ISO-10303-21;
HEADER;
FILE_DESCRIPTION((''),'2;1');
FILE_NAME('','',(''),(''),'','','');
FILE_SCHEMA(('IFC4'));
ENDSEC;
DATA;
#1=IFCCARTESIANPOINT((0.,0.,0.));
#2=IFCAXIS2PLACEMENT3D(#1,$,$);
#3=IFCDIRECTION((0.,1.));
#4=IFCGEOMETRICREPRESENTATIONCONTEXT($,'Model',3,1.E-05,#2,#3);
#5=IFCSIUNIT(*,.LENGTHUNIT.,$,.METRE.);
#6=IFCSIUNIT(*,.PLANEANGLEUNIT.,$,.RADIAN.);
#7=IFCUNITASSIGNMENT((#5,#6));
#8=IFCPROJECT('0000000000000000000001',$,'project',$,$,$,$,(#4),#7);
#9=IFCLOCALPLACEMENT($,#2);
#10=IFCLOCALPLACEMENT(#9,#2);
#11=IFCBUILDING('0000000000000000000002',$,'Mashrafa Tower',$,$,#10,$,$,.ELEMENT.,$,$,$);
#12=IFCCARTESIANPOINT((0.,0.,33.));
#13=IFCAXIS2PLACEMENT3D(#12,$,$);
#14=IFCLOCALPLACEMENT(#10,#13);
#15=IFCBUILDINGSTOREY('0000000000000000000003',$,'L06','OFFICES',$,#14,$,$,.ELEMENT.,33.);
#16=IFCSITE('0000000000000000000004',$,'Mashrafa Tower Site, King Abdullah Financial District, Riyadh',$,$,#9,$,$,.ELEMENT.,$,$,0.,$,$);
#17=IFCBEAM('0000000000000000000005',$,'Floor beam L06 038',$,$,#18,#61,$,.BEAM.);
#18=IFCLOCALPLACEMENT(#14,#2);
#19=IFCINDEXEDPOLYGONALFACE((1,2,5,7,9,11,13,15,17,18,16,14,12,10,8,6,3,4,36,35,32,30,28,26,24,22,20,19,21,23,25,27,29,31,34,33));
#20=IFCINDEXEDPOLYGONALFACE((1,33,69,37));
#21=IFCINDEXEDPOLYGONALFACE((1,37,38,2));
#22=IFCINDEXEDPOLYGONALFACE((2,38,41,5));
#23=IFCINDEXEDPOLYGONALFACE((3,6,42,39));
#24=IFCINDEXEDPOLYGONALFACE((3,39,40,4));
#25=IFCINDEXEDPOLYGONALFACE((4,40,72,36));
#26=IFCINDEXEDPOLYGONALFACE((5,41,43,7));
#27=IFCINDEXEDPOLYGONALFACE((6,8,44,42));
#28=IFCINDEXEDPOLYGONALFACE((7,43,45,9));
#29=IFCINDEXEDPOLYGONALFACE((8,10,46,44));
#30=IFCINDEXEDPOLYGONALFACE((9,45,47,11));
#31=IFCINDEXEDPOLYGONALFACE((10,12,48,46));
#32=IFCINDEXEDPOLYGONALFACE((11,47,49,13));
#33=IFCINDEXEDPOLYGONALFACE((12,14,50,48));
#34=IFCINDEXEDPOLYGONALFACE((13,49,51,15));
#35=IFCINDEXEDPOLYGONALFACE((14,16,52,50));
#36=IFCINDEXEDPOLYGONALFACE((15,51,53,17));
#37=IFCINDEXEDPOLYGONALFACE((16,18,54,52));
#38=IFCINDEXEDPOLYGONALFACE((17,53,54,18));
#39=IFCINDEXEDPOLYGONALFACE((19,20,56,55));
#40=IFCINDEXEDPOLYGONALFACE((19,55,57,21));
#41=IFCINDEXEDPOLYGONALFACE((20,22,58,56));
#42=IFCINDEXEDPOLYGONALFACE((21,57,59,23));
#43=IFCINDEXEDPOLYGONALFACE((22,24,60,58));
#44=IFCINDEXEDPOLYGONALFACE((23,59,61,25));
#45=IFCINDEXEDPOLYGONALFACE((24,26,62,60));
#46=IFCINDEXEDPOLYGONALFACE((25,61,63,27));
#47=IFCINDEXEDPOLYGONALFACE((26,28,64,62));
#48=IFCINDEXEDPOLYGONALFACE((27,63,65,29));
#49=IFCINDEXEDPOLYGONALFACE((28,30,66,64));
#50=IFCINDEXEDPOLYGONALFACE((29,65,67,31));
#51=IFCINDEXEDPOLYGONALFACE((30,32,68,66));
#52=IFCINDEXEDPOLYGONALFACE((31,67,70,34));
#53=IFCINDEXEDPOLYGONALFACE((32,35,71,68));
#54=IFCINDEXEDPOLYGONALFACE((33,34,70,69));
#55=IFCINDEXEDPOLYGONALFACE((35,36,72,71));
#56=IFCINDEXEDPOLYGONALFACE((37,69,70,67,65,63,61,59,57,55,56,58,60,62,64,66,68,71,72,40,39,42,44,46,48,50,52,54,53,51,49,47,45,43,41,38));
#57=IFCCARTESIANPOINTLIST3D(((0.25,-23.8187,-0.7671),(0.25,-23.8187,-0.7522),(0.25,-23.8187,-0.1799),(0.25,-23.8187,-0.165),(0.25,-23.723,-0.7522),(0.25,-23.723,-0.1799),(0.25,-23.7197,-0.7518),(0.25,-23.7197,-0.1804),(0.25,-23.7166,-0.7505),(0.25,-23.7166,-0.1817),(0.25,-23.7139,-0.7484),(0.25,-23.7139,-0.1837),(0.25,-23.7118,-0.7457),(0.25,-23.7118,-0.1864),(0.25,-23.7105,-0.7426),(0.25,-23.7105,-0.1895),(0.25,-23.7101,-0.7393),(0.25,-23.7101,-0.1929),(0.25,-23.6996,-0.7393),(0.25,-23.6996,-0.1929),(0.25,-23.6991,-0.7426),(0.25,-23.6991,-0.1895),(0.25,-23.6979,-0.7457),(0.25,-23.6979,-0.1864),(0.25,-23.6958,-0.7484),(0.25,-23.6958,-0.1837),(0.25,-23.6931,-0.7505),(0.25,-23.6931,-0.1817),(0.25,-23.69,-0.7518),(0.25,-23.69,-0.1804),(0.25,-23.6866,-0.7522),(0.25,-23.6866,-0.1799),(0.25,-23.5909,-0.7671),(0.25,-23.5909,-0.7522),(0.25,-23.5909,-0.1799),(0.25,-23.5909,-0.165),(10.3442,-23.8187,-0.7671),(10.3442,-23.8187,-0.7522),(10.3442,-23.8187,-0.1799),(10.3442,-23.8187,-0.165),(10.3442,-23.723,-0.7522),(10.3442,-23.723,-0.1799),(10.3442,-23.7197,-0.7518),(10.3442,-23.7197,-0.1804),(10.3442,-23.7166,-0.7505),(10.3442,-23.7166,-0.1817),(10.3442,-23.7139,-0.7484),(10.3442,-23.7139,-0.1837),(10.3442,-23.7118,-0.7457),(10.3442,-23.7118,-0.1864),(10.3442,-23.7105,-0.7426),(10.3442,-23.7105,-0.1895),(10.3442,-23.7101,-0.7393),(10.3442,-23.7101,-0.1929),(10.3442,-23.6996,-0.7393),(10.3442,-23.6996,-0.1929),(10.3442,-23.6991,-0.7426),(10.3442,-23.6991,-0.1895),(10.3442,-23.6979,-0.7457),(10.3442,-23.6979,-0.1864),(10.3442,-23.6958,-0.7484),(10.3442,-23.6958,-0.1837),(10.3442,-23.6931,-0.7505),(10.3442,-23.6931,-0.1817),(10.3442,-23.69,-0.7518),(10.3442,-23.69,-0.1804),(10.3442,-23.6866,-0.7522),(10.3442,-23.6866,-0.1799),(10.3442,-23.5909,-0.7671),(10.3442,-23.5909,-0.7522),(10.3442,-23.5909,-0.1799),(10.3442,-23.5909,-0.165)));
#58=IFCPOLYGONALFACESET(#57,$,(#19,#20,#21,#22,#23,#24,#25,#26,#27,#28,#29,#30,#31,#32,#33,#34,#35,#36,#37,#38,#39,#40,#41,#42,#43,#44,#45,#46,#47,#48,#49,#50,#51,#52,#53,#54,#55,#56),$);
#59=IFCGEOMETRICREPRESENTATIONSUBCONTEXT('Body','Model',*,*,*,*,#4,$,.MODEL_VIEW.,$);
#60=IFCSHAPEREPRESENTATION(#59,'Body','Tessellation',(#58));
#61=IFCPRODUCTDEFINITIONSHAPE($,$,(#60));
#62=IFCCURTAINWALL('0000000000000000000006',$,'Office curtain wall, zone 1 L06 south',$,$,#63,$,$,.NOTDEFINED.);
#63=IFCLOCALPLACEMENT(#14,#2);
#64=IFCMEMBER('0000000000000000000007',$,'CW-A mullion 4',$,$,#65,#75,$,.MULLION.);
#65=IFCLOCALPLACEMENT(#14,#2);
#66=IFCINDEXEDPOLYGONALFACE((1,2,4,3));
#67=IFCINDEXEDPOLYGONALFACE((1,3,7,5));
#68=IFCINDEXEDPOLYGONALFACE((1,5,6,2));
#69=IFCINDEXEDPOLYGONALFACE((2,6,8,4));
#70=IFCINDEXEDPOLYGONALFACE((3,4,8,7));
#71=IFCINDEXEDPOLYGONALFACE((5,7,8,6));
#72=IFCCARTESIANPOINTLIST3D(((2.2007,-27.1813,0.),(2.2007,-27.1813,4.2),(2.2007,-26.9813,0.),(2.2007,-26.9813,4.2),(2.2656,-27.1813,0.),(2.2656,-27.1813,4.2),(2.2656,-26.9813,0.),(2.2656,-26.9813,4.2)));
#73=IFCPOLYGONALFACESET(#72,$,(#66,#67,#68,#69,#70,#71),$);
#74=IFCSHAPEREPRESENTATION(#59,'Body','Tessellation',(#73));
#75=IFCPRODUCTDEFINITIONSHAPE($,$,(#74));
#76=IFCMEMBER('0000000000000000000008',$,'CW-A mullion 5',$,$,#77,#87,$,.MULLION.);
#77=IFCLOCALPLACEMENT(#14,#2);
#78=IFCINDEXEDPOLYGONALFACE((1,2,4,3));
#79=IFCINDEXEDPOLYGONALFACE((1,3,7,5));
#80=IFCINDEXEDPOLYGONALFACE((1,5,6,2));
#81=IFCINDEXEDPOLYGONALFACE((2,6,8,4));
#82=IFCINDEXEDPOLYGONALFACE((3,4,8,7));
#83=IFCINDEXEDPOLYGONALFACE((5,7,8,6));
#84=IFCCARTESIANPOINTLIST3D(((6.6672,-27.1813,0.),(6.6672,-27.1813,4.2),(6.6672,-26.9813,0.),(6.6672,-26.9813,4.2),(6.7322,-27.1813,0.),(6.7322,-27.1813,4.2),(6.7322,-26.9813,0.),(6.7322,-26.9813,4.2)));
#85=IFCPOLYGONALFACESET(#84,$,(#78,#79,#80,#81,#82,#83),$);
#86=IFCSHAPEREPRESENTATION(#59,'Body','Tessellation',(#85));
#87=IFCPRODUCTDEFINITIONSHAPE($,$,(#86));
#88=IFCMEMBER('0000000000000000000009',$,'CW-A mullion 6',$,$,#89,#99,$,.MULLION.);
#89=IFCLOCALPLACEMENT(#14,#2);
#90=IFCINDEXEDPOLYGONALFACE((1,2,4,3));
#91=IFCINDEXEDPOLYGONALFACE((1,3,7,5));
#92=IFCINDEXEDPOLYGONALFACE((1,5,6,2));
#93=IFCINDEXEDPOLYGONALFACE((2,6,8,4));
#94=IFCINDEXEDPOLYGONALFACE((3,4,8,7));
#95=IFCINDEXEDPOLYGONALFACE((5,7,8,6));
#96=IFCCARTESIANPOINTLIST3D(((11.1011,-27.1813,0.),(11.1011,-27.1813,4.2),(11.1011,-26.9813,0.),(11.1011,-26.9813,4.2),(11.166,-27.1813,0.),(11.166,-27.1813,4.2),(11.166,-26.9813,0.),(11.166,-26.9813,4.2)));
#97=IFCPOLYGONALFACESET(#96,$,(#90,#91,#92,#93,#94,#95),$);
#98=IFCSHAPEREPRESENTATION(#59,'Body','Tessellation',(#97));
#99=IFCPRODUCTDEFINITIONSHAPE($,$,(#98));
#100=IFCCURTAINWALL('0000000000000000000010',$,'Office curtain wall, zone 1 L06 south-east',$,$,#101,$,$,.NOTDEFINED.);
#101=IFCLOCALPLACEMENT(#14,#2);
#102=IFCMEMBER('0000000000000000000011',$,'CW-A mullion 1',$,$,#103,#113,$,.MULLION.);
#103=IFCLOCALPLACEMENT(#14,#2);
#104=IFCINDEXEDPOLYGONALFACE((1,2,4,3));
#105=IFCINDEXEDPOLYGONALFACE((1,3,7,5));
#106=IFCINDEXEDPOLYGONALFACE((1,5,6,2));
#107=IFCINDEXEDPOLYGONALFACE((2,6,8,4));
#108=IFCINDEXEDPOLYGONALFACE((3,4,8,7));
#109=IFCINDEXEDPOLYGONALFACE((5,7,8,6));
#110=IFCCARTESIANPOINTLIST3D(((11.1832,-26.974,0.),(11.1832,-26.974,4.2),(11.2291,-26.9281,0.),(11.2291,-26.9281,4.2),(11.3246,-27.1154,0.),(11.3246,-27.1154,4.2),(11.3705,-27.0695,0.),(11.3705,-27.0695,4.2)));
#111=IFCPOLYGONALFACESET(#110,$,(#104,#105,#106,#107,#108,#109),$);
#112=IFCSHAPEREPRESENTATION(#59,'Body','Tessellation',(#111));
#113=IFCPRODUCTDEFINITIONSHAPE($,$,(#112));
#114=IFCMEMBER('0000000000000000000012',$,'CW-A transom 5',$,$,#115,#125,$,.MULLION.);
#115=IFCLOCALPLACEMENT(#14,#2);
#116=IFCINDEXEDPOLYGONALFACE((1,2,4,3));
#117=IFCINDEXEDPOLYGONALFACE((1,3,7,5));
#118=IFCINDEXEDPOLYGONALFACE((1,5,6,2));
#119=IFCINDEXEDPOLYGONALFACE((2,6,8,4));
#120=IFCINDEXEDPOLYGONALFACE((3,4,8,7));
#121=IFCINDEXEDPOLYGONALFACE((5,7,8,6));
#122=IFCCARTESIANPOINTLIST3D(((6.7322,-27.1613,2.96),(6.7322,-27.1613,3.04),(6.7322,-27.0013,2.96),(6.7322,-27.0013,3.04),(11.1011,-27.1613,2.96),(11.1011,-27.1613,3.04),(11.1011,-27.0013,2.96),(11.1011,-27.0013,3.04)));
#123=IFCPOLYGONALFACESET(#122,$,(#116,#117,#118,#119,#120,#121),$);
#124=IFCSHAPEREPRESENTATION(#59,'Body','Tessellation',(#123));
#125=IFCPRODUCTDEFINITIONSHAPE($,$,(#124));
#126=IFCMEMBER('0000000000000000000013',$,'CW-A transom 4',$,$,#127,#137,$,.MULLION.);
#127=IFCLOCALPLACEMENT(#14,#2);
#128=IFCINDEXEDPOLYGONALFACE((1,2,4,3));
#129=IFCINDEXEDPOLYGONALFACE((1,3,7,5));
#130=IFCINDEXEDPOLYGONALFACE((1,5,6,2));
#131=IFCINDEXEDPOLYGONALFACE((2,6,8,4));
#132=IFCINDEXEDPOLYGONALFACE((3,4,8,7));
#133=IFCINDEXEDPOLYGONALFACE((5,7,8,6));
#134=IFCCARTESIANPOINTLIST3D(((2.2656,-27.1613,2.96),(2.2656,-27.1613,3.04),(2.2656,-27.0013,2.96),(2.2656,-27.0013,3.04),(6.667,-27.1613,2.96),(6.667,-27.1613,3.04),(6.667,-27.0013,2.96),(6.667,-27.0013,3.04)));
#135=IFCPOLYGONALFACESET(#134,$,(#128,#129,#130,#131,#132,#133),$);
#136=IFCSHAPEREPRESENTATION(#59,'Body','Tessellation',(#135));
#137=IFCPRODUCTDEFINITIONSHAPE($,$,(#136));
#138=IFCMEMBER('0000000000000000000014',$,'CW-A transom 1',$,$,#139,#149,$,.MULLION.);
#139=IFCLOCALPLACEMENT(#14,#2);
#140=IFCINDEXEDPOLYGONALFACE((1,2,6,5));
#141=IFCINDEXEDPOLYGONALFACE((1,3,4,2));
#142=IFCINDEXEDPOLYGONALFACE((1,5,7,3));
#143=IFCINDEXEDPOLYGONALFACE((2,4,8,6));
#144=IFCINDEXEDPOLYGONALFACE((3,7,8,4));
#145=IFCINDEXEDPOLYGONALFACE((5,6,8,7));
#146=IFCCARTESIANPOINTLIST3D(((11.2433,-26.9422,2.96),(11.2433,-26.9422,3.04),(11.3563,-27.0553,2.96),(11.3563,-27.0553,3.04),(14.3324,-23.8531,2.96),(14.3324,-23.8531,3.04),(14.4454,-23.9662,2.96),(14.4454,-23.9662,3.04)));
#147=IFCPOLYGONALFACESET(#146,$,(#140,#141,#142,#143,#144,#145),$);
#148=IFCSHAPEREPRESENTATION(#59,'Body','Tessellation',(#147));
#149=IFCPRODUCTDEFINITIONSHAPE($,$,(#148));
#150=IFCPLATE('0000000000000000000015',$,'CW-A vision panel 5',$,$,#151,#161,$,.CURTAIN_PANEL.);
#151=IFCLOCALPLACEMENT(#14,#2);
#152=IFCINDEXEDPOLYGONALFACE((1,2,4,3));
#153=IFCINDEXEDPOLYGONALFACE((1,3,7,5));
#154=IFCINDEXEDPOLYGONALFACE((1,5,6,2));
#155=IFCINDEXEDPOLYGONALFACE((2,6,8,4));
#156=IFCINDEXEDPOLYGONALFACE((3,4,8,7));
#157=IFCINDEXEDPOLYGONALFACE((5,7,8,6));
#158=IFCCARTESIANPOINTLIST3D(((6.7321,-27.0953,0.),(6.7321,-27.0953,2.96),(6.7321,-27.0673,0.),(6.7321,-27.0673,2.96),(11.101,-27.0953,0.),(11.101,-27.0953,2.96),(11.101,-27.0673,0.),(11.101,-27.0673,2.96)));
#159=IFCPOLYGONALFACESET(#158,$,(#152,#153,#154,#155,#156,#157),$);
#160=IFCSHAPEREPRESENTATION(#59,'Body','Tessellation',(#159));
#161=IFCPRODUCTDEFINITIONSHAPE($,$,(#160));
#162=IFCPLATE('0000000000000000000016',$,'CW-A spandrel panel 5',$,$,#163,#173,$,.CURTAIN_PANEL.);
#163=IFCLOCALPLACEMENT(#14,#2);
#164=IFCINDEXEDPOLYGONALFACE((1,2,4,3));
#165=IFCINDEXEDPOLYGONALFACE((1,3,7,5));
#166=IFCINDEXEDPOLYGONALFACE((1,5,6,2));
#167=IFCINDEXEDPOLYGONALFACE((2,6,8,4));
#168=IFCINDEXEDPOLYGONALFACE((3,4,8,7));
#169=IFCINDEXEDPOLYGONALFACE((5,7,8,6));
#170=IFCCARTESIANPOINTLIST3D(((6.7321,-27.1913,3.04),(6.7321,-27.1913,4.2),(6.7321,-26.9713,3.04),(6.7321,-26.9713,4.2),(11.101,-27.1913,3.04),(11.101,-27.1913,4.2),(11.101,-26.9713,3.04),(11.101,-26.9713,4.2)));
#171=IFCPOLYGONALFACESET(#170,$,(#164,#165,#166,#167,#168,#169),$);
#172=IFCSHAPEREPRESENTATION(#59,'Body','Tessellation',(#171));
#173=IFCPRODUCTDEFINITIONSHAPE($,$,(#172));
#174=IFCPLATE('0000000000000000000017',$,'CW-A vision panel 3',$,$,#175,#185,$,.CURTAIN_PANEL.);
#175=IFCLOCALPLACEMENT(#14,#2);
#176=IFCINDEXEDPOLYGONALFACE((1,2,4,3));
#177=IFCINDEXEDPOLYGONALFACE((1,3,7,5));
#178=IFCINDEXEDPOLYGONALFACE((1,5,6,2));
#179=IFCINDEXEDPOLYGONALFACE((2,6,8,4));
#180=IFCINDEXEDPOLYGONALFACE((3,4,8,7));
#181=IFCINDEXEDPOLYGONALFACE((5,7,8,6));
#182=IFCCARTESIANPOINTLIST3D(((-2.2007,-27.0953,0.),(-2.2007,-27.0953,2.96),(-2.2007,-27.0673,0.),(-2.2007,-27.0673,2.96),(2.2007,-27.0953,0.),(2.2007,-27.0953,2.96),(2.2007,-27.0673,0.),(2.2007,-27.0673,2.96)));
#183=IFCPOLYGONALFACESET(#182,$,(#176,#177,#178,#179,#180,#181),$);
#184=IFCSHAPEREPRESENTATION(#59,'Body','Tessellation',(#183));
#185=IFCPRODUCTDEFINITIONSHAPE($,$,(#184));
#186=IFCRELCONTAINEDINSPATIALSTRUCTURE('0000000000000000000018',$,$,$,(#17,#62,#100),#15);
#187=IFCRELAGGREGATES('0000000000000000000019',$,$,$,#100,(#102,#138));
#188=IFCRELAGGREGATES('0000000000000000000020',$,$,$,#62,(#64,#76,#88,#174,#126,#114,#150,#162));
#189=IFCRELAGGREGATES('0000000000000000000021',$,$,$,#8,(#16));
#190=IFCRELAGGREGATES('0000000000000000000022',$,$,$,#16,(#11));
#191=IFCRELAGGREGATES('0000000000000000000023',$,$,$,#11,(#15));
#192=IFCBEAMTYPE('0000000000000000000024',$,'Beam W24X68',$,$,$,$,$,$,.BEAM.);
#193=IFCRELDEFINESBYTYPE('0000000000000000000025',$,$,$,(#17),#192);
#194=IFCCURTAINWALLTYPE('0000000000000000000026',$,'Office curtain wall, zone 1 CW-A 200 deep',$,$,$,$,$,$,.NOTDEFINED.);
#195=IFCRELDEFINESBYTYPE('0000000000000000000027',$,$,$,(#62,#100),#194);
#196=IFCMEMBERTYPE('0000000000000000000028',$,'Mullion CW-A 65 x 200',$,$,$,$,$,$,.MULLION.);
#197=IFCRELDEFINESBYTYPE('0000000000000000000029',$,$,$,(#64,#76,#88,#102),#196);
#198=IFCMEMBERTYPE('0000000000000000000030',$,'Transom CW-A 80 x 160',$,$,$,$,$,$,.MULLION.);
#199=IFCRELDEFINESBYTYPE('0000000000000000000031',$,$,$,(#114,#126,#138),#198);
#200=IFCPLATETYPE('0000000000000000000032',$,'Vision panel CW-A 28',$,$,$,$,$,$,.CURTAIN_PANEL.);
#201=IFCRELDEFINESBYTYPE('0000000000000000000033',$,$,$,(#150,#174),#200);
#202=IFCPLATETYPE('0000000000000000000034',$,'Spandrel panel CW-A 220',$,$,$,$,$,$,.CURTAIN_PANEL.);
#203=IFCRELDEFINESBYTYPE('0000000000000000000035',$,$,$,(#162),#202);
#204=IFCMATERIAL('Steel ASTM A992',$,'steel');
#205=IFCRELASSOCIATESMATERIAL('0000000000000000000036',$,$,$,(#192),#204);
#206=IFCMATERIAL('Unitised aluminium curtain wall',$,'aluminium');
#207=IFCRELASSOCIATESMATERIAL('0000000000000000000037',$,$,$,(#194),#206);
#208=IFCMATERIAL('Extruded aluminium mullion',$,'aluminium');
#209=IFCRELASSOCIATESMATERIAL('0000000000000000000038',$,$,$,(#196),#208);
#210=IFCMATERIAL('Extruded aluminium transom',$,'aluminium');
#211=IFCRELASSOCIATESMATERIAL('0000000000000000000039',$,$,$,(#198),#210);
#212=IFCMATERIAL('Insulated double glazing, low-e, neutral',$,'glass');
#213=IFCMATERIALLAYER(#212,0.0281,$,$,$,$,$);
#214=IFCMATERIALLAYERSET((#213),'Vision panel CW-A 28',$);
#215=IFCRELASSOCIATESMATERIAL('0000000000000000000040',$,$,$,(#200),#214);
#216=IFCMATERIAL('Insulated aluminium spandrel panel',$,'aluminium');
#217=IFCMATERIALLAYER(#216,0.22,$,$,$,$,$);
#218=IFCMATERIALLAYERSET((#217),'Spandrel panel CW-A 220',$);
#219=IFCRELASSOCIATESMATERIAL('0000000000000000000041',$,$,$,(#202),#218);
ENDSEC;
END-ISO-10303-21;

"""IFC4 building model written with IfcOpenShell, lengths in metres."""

from ifc_helpers import new_model, si_unit, direction, frame, origin, origin_2d, place, context, subcontext, project, spatial, rectangle, i_section, extrude, source, transform, mapped, material, layer, layer_set, material_profile, profile_set, type_object, type_shapes, element, aggregate, save


model = new_model("IFC4")

# Units and contexts
model_context = context("Model", 3, precision=1e-05, world=origin(), true_north=direction((0.0, 1.0)))
body_context = subcontext(model_context, "Body", "Model", "MODEL_VIEW")
ifc_project = project(units=[si_unit("LENGTHUNIT", "METRE"), si_unit("PLANEANGLEUNIT", "RADIAN")], contexts=[model_context])

# Site, building, storey
site_placement = place(None, origin())
site = spatial("IfcSite", under=ifc_project, at=site_placement, Name="Mashrafa Tower Site, King Abdullah Financial District, Riyadh", CompositionType="ELEMENT", RefElevation=0.0)
building_placement = place(site_placement, origin())
building = spatial("IfcBuilding", under=site, at=building_placement, Name="Mashrafa Tower", CompositionType="ELEMENT")
storey_placement = place(building_placement, frame((0.0, 0.0, 33.0)))
storey = spatial("IfcBuildingStorey", under=building, at=storey_placement, Name="L06", Description="OFFICES", CompositionType="ELEMENT", Elevation=33.0)

# Beam
ifc_material_1 = material(Name="Steel ASTM A992", Category="steel")
ifc_material_profile_1 = material_profile(ifc_material_1, i_section(OverallWidth=0.2278, OverallDepth=0.6021, WebThickness=0.0105, FlangeThickness=0.0149, FilletRadius=0.0129, at=origin_2d()), Name="W24X68")
ifc_profile_set_1 = profile_set([ifc_material_profile_1], Name="Steel ASTM A992")
beam_type_1 = type_object("IfcBeamType", Name="Beam W24X68", PredefinedType="BEAM", material=ifc_profile_set_1)
beam_1_placement = place(storey_placement, frame((10.3442, -23.7048, -0.4661), z_axis=(-1.0, 0.0, 0.0), x_axis=(0.0, -1.0, 0.0)))
element("IfcBeam", 1, at=beam_1_placement, inside=storey, type_object=beam_type_1, Name="Floor beam L06 038", PredefinedType="BEAM", context=body_context, shape_type="SweptSolid", body=[
    extrude(i_section(OverallWidth=0.2278, OverallDepth=0.6021, WebThickness=0.0105, FlangeThickness=0.0149, FilletRadius=0.0129, at=origin_2d()), origin(), (0.0, 0.0, 1.0), 10.0942),
])

# Curtain wall, members
ifc_material_2 = material(Name="Unitised aluminium curtain wall", Category="aluminium")
curtain_wall_type = type_object("IfcCurtainWallType", Name="Office curtain wall, zone 1 CW-A 200 deep", PredefinedType="NOTDEFINED", material=ifc_material_2)
curtain_wall_1_placement = place(storey_placement, origin())
curtain_wall_1 = element("IfcCurtainWall", 2, at=curtain_wall_1_placement, inside=storey, type_object=curtain_wall_type, Name="Office curtain wall, zone 1 L06 south", PredefinedType="NOTDEFINED")
ifc_material_3 = material(Name="Extruded aluminium mullion", Category="aluminium")
ifc_material_profile_2 = material_profile(ifc_material_3, rectangle(XDim=0.2, YDim=0.0649, at=origin_2d()), Name="Mullion 65x200")
ifc_profile_set_2 = profile_set([ifc_material_profile_2], Name="Extruded aluminium mullion")
member_type_1 = type_object("IfcMemberType", Name="Mullion CW-A 65 x 200", PredefinedType="MULLION", material=ifc_profile_set_2)
shared_shape_1 = source(origin(), body_context, "Body", "SweptSolid", [
    extrude(rectangle(XDim=0.2, YDim=0.0649, at=origin_2d()), origin(), (0.0, 0.0, 1.0), 4.2),
])
type_shapes(member_type_1, [shared_shape_1])
member_1_placement = place(storey_placement, frame((2.2332, -27.0813, 0.0), z_axis=(0.0, 0.0, 1.0), x_axis=(0.0, 1.0, 0.0)))
member_1 = element("IfcMember", 3, at=member_1_placement, type_object=member_type_1, Name="CW-A mullion 4", PredefinedType="MULLION", context=body_context, shape_type="MappedRepresentation", body=[
    mapped(shared_shape_1, transform((0.0, 0.0, 0.0))),
])
member_2_placement = place(storey_placement, frame((6.6997, -27.0813, 0.0), z_axis=(0.0, 0.0, 1.0), x_axis=(0.0, 1.0, 0.0)))
member_2 = element("IfcMember", 4, at=member_2_placement, type_object=member_type_1, Name="CW-A mullion 5", PredefinedType="MULLION", context=body_context, shape_type="MappedRepresentation", body=[
    mapped(shared_shape_1, transform((0.0, 0.0, 0.0))),
])
member_3_placement = place(storey_placement, frame((11.1335, -27.0813, 0.0), z_axis=(0.0, 0.0, 1.0), x_axis=(0.0, 1.0, 0.0)))
member_3 = element("IfcMember", 5, at=member_3_placement, type_object=member_type_1, Name="CW-A mullion 6", PredefinedType="MULLION", context=body_context, shape_type="MappedRepresentation", body=[
    mapped(shared_shape_1, transform((0.0, 0.0, 0.0))),
])

# Curtain wall, member
curtain_wall_2_placement = place(storey_placement, origin())
curtain_wall_2 = element("IfcCurtainWall", 6, at=curtain_wall_2_placement, inside=storey, type_object=curtain_wall_type, Name="Office curtain wall, zone 1 L06 south-east", PredefinedType="NOTDEFINED")
member_4_placement = place(storey_placement, frame((11.2769, -27.0217, 0.0), z_axis=(0.0, 0.0, 1.0), x_axis=(-0.707107, 0.707107, 0.0)))
member_4 = element("IfcMember", 7, at=member_4_placement, type_object=member_type_1, Name="CW-A mullion 1", PredefinedType="MULLION", context=body_context, shape_type="MappedRepresentation", body=[
    mapped(shared_shape_1, transform((0.0, 0.0, 0.0))),
])

# Members
ifc_material_4 = material(Name="Extruded aluminium transom", Category="aluminium")
ifc_material_profile_3 = material_profile(ifc_material_4, rectangle(XDim=0.1599, YDim=0.0801, at=origin_2d()), Name="Transom 80x160")
ifc_profile_set_3 = profile_set([ifc_material_profile_3], Name="Extruded aluminium transom")
member_type_2 = type_object("IfcMemberType", Name="Transom CW-A 80 x 160", PredefinedType="MULLION", material=ifc_profile_set_3)
shared_shape_2 = source(origin(), body_context, "Body", "SweptSolid", [
    extrude(rectangle(XDim=0.1599, YDim=0.0801, at=origin_2d()), origin(), (0.0, 0.0, 1.0), 4.3689),
])
member_5_placement = place(storey_placement, frame((6.7322, -27.0813, 3.0), z_axis=(1.0, 0.0, 0.0), x_axis=(0.0, 1.0, 0.0)))
member_5 = element("IfcMember", 8, at=member_5_placement, type_object=member_type_2, Name="CW-A transom 5", PredefinedType="MULLION", context=body_context, shape_type="MappedRepresentation", body=[
    mapped(shared_shape_2, transform((0.0, 0.0, 0.0))),
])
shared_shape_3 = source(origin(), body_context, "Body", "SweptSolid", [
    extrude(rectangle(XDim=0.1599, YDim=0.0801, at=origin_2d()), origin(), (0.0, 0.0, 1.0), 4.4014),
])
member_6_placement = place(storey_placement, frame((2.2656, -27.0813, 3.0), z_axis=(1.0, 0.0, 0.0), x_axis=(0.0, 1.0, 0.0)))
member_6 = element("IfcMember", 9, at=member_6_placement, type_object=member_type_2, Name="CW-A transom 4", PredefinedType="MULLION", context=body_context, shape_type="MappedRepresentation", body=[
    mapped(shared_shape_3, transform((0.0, 0.0, 0.0))),
])
shared_shape_4 = source(origin(), body_context, "Body", "SweptSolid", [
    extrude(rectangle(XDim=0.1599, YDim=0.0801, at=origin_2d()), origin(), (0.0, 0.0, 1.0), 4.3687),
])
type_shapes(member_type_2, [shared_shape_2, shared_shape_3, shared_shape_4])
member_7_placement = place(storey_placement, frame((11.2998, -26.9988, 3.0), z_axis=(0.707107, 0.707107, 0.0), x_axis=(-0.707107, 0.707107, 0.0)))
member_7 = element("IfcMember", 10, at=member_7_placement, type_object=member_type_2, Name="CW-A transom 1", PredefinedType="MULLION", context=body_context, shape_type="MappedRepresentation", body=[
    mapped(shared_shape_4, transform((0.0, 0.0, 0.0))),
])
aggregate(curtain_wall_2, [member_4, member_7])

# Plates
ifc_material_5 = material(Name="Insulated double glazing, low-e, neutral", Category="glass")
ifc_layer_1 = layer(ifc_material_5, 0.0281)
ifc_layer_set_1 = layer_set([ifc_layer_1], Name="Vision panel CW-A 28")
plate_type_1 = type_object("IfcPlateType", Name="Vision panel CW-A 28", PredefinedType="CURTAIN_PANEL", material=ifc_layer_set_1)
shared_shape_5 = source(origin(), body_context, "Body", "SweptSolid", [
    extrude(rectangle(XDim=4.3689, YDim=0.0281, at=origin_2d()), origin(), (0.0, 0.0, 1.0), 2.96),
])
plate_1_placement = place(storey_placement, frame((8.9165, -27.0813, 0.0), z_axis=(0.0, 0.0, 1.0), x_axis=(1.0, 0.0, 0.0)))
plate_1 = element("IfcPlate", 11, at=plate_1_placement, type_object=plate_type_1, Name="CW-A vision panel 5", PredefinedType="CURTAIN_PANEL", context=body_context, shape_type="MappedRepresentation", body=[
    mapped(shared_shape_5, transform((0.0, 0.0, 0.0))),
])
ifc_material_6 = material(Name="Insulated aluminium spandrel panel", Category="aluminium")
ifc_layer_2 = layer(ifc_material_6, 0.22)
ifc_layer_set_2 = layer_set([ifc_layer_2], Name="Spandrel panel CW-A 220")
plate_type_2 = type_object("IfcPlateType", Name="Spandrel panel CW-A 220", PredefinedType="CURTAIN_PANEL", material=ifc_layer_set_2)
shared_shape_6 = source(origin(), body_context, "Body", "SweptSolid", [
    extrude(rectangle(XDim=4.3689, YDim=0.22, at=origin_2d()), origin(), (0.0, 0.0, 1.0), 1.1599),
])
plate_2_placement = place(storey_placement, frame((8.9165, -27.0813, 3.04), z_axis=(0.0, 0.0, 1.0), x_axis=(1.0, 0.0, 0.0)))
plate_2 = element("IfcPlate", 12, at=plate_2_placement, type_object=plate_type_2, Name="CW-A spandrel panel 5", PredefinedType="CURTAIN_PANEL", context=body_context, shape_type="MappedRepresentation", body=[
    mapped(shared_shape_6, transform((0.0, 0.0, 0.0))),
])
shared_shape_7 = source(origin(), body_context, "Body", "SweptSolid", [
    extrude(rectangle(XDim=4.4014, YDim=0.0281, at=origin_2d()), origin(), (0.0, 0.0, 1.0), 2.96),
])
type_shapes(plate_type_1, [shared_shape_5, shared_shape_7])
plate_3_placement = place(storey_placement, frame((0.0, -27.0813, 0.0), z_axis=(0.0, 0.0, 1.0), x_axis=(1.0, 0.0, 0.0)))
plate_3 = element("IfcPlate", 13, at=plate_3_placement, type_object=plate_type_1, Name="CW-A vision panel 3", PredefinedType="CURTAIN_PANEL", context=body_context, shape_type="MappedRepresentation", body=[
    mapped(shared_shape_7, transform((0.0, 0.0, 0.0))),
])
aggregate(curtain_wall_1, [member_1, member_2, member_3, plate_3, member_6, member_5, plate_1, plate_2])

save(model, "model.ifc")
